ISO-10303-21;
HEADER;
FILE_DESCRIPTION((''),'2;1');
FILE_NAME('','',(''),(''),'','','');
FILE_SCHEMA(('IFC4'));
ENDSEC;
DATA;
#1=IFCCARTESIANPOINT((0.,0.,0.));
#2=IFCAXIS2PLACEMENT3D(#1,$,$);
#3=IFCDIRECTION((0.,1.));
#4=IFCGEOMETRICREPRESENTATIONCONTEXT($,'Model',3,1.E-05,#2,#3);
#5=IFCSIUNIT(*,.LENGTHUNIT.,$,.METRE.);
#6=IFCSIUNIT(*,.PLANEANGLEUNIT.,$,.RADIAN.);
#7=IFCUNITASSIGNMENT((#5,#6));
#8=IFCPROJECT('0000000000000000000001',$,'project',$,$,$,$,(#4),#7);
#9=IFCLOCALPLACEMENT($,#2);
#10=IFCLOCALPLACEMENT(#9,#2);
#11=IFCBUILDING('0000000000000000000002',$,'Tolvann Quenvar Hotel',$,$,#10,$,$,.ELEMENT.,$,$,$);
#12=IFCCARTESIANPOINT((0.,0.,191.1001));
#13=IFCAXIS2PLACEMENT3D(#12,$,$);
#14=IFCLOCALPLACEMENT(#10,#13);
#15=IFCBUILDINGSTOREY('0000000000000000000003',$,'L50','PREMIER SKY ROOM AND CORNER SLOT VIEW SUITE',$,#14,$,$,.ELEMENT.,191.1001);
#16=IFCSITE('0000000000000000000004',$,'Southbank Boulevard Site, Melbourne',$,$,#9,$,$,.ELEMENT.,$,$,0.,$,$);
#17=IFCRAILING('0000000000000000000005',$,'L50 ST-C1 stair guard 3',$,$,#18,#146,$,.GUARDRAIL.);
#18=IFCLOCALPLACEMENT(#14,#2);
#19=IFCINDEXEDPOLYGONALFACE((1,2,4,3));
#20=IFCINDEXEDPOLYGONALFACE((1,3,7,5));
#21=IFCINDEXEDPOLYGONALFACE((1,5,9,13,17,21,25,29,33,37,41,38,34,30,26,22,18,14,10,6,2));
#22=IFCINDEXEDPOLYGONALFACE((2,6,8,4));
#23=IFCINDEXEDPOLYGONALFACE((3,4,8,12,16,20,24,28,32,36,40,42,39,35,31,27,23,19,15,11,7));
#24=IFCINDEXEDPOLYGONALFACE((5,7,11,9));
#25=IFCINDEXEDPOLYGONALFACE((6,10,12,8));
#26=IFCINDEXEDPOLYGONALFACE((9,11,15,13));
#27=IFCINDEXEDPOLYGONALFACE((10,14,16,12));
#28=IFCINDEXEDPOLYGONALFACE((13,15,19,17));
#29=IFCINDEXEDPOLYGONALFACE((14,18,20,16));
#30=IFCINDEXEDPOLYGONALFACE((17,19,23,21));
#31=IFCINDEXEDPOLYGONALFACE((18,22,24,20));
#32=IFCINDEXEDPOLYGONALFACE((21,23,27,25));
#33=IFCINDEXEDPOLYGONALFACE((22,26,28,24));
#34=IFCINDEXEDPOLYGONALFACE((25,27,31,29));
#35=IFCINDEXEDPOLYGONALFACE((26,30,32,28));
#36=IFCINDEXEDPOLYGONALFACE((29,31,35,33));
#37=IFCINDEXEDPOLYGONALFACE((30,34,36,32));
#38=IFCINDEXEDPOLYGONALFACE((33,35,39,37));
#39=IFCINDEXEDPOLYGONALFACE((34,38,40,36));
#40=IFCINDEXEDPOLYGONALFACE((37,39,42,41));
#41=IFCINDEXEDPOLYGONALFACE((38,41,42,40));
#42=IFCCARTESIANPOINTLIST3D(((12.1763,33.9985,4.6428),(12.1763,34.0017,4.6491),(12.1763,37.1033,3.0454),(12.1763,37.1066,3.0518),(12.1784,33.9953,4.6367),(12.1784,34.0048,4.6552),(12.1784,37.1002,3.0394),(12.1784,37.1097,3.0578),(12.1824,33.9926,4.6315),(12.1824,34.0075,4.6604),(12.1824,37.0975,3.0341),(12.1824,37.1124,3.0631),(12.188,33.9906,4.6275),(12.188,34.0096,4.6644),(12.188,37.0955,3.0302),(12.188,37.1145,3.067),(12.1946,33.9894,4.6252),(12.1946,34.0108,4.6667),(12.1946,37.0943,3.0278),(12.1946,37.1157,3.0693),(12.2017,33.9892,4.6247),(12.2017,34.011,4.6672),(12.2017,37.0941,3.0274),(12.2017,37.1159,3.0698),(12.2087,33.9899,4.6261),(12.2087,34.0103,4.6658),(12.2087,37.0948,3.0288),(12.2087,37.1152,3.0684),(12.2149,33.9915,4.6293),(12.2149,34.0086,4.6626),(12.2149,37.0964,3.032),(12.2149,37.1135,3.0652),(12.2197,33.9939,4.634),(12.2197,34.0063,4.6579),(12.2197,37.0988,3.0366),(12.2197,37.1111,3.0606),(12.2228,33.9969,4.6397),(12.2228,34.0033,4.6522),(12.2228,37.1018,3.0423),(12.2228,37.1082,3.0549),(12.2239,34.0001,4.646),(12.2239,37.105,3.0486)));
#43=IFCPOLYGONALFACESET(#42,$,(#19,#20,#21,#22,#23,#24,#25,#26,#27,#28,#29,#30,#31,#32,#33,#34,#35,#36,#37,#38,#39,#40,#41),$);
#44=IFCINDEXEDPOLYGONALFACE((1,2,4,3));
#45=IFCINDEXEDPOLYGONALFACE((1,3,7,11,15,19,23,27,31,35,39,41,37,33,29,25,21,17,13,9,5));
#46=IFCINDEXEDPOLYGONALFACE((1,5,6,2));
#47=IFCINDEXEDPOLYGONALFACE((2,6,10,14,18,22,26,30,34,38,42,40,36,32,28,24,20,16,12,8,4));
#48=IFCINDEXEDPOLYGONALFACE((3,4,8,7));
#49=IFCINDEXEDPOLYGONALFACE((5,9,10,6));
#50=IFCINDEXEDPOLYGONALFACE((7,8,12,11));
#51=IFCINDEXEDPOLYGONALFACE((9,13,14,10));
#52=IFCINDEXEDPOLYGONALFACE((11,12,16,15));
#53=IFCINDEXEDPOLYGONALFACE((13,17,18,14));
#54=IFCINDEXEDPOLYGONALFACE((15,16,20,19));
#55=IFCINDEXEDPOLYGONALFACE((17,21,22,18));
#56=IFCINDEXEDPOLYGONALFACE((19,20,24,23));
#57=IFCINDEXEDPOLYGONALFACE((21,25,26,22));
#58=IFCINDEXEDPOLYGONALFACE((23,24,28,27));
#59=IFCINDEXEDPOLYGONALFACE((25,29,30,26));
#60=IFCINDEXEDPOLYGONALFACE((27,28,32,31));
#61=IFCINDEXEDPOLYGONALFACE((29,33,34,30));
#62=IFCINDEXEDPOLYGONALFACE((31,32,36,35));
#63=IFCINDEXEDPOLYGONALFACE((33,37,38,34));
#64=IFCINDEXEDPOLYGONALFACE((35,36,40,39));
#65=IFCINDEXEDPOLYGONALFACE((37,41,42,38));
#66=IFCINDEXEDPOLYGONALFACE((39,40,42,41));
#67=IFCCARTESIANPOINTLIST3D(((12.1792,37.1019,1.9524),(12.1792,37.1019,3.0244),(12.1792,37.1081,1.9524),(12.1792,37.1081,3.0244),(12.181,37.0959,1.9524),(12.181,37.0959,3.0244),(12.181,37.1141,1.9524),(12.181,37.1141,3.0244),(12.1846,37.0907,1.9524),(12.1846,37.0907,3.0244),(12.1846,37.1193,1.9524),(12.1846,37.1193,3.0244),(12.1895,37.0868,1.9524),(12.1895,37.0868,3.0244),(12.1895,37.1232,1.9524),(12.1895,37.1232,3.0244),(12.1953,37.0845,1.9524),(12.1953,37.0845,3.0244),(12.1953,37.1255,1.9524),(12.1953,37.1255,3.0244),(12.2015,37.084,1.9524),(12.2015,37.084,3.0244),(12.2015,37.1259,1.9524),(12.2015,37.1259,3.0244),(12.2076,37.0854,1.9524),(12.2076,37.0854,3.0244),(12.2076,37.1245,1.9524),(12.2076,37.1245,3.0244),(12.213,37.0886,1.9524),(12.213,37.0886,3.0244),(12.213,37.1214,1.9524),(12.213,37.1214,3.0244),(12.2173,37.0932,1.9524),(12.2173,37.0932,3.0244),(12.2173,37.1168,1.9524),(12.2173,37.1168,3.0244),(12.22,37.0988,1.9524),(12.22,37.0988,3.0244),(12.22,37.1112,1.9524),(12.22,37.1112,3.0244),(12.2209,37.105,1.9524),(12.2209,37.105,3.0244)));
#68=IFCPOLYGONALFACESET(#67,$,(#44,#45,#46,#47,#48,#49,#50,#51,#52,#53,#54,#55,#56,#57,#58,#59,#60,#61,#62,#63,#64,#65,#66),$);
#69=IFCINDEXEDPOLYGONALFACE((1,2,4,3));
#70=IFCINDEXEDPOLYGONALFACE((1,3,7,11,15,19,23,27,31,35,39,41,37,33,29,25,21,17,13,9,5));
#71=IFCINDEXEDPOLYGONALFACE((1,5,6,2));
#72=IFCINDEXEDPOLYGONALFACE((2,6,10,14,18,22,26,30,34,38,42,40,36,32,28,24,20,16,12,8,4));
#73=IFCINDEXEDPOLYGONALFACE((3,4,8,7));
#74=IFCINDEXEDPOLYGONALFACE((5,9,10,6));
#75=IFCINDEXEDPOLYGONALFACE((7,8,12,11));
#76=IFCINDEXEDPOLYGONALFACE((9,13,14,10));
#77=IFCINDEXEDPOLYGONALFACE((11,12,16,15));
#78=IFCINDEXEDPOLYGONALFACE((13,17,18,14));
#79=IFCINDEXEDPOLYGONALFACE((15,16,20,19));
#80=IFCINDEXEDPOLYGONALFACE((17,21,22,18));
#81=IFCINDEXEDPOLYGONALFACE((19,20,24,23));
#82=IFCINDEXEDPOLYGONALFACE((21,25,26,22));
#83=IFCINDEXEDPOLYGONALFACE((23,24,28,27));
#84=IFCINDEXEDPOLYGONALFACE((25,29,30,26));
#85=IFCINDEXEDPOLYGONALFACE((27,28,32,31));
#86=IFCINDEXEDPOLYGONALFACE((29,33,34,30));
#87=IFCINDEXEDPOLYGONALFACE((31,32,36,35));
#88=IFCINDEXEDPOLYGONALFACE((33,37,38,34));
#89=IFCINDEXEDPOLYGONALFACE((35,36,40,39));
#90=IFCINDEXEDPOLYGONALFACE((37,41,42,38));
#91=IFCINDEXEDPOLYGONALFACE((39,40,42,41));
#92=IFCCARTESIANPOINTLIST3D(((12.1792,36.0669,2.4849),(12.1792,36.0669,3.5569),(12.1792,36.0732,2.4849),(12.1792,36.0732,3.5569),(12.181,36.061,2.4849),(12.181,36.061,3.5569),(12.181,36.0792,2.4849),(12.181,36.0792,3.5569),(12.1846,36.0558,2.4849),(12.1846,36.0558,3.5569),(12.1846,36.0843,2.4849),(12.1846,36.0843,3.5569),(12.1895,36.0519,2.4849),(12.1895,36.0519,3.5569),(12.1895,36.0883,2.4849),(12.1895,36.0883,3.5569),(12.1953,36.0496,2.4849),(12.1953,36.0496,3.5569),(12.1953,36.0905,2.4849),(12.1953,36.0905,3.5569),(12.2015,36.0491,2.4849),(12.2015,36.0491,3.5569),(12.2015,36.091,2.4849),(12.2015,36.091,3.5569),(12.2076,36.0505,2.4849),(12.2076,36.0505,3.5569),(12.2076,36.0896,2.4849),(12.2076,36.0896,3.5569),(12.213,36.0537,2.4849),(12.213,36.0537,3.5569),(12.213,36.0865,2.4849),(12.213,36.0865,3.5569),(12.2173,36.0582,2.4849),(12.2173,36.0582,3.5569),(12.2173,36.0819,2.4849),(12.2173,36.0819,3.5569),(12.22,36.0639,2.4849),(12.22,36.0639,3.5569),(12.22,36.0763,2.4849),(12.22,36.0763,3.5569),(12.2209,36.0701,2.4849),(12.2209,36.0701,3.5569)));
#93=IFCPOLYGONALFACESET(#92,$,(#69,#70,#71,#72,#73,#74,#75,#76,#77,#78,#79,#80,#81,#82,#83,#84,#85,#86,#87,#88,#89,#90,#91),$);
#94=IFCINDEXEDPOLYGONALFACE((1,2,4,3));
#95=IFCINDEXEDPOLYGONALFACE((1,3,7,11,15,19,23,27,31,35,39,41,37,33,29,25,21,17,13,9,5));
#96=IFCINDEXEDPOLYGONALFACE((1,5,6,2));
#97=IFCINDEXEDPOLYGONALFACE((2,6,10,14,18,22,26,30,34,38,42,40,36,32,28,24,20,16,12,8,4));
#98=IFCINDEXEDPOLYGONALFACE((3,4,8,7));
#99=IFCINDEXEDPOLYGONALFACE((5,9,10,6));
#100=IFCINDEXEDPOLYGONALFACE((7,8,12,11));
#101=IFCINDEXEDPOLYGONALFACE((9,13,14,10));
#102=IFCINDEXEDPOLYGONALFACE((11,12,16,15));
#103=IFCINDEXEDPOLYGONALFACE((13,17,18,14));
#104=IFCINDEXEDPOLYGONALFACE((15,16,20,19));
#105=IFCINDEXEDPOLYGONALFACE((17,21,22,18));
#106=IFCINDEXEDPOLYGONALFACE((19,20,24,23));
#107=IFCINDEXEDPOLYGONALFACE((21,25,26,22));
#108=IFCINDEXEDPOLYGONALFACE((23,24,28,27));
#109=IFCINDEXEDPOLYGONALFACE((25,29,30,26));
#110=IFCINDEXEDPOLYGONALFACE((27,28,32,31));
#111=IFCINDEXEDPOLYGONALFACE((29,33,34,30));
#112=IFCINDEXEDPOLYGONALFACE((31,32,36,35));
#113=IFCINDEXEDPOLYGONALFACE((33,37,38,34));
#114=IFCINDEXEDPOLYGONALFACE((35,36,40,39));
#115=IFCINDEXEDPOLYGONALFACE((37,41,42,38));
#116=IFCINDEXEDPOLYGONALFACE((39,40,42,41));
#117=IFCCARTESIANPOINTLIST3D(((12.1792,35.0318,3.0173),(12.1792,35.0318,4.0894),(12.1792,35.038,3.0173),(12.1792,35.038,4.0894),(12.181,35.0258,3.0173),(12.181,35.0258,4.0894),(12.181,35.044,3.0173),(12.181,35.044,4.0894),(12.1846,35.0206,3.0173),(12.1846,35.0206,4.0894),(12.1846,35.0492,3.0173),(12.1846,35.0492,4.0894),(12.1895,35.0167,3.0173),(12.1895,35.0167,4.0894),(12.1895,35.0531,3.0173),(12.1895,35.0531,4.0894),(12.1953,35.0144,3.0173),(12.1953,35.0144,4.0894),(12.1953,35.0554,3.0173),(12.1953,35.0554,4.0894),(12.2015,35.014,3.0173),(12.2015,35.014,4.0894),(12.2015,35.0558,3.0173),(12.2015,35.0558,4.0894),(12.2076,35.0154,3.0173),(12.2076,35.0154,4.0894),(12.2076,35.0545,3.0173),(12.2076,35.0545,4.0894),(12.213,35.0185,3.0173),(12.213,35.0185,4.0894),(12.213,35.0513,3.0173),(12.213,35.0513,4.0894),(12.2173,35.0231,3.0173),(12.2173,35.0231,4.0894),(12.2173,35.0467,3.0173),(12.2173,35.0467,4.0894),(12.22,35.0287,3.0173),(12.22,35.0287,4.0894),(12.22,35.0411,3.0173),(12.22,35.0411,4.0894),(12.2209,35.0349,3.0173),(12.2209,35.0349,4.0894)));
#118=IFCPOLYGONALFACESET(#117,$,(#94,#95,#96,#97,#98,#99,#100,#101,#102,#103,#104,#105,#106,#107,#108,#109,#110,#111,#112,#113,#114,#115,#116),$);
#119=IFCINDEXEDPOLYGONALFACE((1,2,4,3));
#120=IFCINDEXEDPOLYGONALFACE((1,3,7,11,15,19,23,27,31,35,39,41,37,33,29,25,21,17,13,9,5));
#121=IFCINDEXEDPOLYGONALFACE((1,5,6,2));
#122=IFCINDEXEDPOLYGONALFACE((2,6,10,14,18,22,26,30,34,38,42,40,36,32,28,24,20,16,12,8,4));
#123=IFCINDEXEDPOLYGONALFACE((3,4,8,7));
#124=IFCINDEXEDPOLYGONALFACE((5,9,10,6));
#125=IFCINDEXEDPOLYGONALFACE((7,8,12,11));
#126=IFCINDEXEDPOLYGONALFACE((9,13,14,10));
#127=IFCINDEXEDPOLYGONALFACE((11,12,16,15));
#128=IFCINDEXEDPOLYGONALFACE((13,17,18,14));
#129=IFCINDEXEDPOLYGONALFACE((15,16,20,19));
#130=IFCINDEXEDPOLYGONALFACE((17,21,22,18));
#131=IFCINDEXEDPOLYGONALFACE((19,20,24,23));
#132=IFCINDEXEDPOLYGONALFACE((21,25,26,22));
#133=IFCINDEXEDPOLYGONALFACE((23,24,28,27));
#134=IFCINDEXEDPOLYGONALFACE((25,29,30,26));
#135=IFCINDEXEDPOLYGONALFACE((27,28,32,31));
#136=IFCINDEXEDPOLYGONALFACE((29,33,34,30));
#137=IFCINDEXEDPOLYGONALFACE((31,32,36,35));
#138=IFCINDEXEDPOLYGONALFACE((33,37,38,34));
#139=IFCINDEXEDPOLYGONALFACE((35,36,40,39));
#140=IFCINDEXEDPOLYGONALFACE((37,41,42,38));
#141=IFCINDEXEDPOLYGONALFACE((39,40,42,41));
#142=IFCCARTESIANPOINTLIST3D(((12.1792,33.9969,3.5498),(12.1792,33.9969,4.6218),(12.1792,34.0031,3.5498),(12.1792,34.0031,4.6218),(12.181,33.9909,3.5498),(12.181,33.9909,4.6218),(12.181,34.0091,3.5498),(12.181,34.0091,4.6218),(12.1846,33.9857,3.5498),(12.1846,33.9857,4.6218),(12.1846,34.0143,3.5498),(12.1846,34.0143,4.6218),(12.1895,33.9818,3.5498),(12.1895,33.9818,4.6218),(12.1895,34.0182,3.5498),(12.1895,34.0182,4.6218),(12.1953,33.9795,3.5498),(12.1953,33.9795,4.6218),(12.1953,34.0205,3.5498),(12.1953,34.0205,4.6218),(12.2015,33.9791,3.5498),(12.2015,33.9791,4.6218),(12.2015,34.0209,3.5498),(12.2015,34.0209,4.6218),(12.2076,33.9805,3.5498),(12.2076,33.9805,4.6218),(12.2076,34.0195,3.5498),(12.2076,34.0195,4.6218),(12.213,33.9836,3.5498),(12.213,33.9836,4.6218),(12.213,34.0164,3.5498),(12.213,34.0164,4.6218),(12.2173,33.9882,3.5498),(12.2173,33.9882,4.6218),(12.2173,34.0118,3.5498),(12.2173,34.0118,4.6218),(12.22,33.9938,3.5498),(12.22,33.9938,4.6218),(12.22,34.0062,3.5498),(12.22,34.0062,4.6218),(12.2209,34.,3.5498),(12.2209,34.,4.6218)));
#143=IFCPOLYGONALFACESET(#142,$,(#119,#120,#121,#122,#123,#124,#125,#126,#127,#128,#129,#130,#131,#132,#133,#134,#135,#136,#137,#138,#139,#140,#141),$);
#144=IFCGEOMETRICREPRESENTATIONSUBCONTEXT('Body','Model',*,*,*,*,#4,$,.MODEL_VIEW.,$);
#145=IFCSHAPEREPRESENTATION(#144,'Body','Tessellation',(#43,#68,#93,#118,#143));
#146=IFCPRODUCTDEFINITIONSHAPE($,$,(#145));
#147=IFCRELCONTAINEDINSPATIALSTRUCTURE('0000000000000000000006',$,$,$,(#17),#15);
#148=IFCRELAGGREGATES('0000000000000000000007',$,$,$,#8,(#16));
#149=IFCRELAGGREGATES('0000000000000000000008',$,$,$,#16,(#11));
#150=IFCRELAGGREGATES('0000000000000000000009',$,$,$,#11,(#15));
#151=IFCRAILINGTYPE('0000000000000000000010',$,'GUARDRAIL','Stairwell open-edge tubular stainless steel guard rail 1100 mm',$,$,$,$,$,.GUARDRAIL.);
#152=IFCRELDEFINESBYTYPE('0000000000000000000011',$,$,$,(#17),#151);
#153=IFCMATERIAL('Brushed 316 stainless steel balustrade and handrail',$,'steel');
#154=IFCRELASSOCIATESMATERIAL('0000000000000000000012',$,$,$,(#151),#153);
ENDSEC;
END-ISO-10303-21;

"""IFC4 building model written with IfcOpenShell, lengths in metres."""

from ifc_helpers import new_model, si_unit, direction, frame, origin, origin_2d, place, context, subcontext, project, spatial, circle, extrude, material, type_object, element, save


model = new_model("IFC4")

# Units and contexts
model_context = context("Model", 3, precision=1e-05, world=origin(), true_north=direction((0.0, 1.0)))
body_context = subcontext(model_context, "Body", "Model", "MODEL_VIEW")
ifc_project = project(units=[si_unit("LENGTHUNIT", "METRE"), si_unit("PLANEANGLEUNIT", "RADIAN")], contexts=[model_context])

# Site, building, storey
site_placement = place(None, origin())
site = spatial("IfcSite", under=ifc_project, at=site_placement, Name="Southbank Boulevard Site, Melbourne", CompositionType="ELEMENT", RefElevation=0.0)
building_placement = place(site_placement, origin())
building = spatial("IfcBuilding", under=site, at=building_placement, Name="Tolvann Quenvar Hotel", CompositionType="ELEMENT")
storey_placement = place(building_placement, frame((0.0, 0.0, 191.1001)))
storey = spatial("IfcBuildingStorey", under=building, at=storey_placement, Name="L50", Description="PREMIER SKY ROOM AND CORNER SLOT VIEW SUITE", CompositionType="ELEMENT", Elevation=191.1001)

# Railing
ifc_material_1 = material(Name="Brushed 316 stainless steel balustrade and handrail", Category="steel")
railing_type_1 = type_object("IfcRailingType", Name="GUARDRAIL", Description="Stairwell open-edge tubular stainless steel guard rail 1100 mm", PredefinedType="GUARDRAIL", material=ifc_material_1)
railing_1_placement = place(storey_placement, frame((12.2, 37.105, 1.9524)))
element("IfcRailing", 1, at=railing_1_placement, inside=storey, type_object=railing_type_1, Name="L50 ST-C1 stair guard 3", PredefinedType="GUARDRAIL", context=body_context, shape_type="SweptSolid", body=[
    extrude(circle(Radius=0.0239, at=origin_2d()), frame((0.0, 0.0, 1.0962), z_axis=(0.0, -0.889222, 0.457476), x_axis=(1.0, 0.0, 0.0)), (0.0, 0.0, 1.0), 3.4917),
    extrude(circle(Radius=0.021, at=origin_2d()), origin(), (0.0, 0.0, 1.0), 1.072),
    extrude(circle(Radius=0.021, at=origin_2d()), frame((0.0, -1.0349, 0.5325)), (0.0, 0.0, 1.0), 1.072),
    extrude(circle(Radius=0.021, at=origin_2d()), frame((0.0, -2.0701, 1.0649)), (0.0, 0.0, 1.0), 1.072),
    extrude(circle(Radius=0.021, at=origin_2d()), frame((0.0, -3.105, 1.5974)), (0.0, 0.0, 1.0), 1.072),
])

save(model, "model.ifc")
